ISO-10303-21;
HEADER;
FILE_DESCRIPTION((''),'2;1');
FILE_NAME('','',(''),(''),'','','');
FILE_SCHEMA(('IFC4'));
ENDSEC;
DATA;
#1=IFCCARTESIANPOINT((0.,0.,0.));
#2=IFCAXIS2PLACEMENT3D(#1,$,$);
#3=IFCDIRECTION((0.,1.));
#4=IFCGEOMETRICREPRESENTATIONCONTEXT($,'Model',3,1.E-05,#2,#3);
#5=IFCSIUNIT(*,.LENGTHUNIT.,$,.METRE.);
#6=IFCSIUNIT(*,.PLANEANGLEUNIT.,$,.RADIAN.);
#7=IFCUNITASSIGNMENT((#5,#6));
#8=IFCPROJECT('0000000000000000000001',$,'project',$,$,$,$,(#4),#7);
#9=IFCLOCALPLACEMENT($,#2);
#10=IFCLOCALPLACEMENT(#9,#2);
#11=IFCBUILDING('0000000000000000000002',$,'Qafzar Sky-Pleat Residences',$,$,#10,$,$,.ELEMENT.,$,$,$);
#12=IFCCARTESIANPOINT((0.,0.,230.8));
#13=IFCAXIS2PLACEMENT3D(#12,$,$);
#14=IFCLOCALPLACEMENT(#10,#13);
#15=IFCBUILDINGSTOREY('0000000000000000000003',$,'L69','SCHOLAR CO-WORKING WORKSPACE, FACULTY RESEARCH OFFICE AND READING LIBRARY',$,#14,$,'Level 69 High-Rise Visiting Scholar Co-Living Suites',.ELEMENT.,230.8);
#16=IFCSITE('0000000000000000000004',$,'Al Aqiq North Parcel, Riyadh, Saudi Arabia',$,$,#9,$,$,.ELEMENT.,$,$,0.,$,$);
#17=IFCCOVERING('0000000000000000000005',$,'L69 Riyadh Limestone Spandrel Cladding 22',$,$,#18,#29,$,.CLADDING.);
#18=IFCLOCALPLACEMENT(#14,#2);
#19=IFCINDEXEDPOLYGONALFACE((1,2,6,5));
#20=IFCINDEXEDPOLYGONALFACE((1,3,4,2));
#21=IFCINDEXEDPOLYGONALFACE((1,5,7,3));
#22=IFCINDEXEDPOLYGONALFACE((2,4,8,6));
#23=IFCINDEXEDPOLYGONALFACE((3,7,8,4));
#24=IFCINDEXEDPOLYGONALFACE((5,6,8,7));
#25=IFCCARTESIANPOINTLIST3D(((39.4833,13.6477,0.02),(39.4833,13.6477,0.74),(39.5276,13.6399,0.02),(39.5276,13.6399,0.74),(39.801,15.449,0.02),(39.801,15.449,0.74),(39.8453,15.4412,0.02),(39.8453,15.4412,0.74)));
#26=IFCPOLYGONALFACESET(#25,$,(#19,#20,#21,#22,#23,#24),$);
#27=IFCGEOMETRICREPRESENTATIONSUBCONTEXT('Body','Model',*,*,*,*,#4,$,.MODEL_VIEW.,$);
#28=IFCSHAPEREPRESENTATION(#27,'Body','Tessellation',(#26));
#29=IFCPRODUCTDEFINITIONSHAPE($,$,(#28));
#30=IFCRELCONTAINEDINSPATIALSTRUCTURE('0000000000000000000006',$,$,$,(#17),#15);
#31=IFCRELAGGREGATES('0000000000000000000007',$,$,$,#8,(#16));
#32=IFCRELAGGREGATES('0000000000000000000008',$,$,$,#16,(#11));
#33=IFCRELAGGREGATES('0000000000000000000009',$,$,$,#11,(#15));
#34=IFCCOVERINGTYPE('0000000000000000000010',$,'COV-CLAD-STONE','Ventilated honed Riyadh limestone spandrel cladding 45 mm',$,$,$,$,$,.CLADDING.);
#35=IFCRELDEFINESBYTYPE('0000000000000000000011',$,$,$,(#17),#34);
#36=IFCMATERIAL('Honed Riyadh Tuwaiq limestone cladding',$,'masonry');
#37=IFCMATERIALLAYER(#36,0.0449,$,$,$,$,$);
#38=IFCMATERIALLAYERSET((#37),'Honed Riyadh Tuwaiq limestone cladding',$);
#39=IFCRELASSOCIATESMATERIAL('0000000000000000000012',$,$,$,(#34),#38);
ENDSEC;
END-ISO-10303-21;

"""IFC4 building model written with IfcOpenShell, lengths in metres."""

from ifc_helpers import new_model, si_unit, direction, frame, origin, origin_2d, place, context, subcontext, project, spatial, rectangle, extrude, source, transform, mapped, material, layer, layer_set, type_object, element, save


model = new_model("IFC4")

# Units and contexts
model_context = context("Model", 3, precision=1e-05, world=origin(), true_north=direction((0.0, 1.0)))
body_context = subcontext(model_context, "Body", "Model", "MODEL_VIEW")
ifc_project = project(units=[si_unit("LENGTHUNIT", "METRE"), si_unit("PLANEANGLEUNIT", "RADIAN")], contexts=[model_context])

# Site, building, storey
site_placement = place(None, origin())
site = spatial("IfcSite", under=ifc_project, at=site_placement, Name="Al Aqiq North Parcel, Riyadh, Saudi Arabia", CompositionType="ELEMENT", RefElevation=0.0)
building_placement = place(site_placement, origin())
building = spatial("IfcBuilding", under=site, at=building_placement, Name="Qafzar Sky-Pleat Residences", CompositionType="ELEMENT")
storey_placement = place(building_placement, frame((0.0, 0.0, 230.8)))
storey = spatial("IfcBuildingStorey", under=building, at=storey_placement, Name="L69", Description="SCHOLAR CO-WORKING WORKSPACE, FACULTY RESEARCH OFFICE AND READING LIBRARY", LongName="Level 69 High-Rise Visiting Scholar Co-Living Suites", CompositionType="ELEMENT", Elevation=230.8)

# Covering
ifc_material_1 = material(Name="Honed Riyadh Tuwaiq limestone cladding", Category="masonry")
ifc_layer_1 = layer(ifc_material_1, 0.0449)
ifc_layer_set_1 = layer_set([ifc_layer_1], Name="Honed Riyadh Tuwaiq limestone cladding")
covering_type = type_object("IfcCoveringType", Name="COV-CLAD-STONE", Description="Ventilated honed Riyadh limestone spandrel cladding 45 mm", PredefinedType="CLADDING", material=ifc_layer_set_1)
shared_shape_1 = source(origin(), body_context, "Body", "SweptSolid", [
    extrude(rectangle(XDim=1.8291, YDim=0.0449, at=origin_2d()), origin(), (0.0, 0.0, 1.0), 0.72),
])
covering_1_placement = place(storey_placement, frame((39.6643, 14.5444, 0.02), z_axis=(0.0, 0.0, 1.0), x_axis=(0.173696, 0.984799, 0.0)))
element("IfcCovering", 1, at=covering_1_placement, inside=storey, type_object=covering_type, Name="L69 Riyadh Limestone Spandrel Cladding 22", PredefinedType="CLADDING", context=body_context, shape_type="MappedRepresentation", body=[
    mapped(shared_shape_1, transform((0.0, 0.0, 0.0), x_axis=(1.0, 0.0, 0.0), y_axis=(0.0, 1.0, 0.0), z_axis=(0.0, 0.0, 1.0), scale=1.0)),
])

save(model, "model.ifc")
